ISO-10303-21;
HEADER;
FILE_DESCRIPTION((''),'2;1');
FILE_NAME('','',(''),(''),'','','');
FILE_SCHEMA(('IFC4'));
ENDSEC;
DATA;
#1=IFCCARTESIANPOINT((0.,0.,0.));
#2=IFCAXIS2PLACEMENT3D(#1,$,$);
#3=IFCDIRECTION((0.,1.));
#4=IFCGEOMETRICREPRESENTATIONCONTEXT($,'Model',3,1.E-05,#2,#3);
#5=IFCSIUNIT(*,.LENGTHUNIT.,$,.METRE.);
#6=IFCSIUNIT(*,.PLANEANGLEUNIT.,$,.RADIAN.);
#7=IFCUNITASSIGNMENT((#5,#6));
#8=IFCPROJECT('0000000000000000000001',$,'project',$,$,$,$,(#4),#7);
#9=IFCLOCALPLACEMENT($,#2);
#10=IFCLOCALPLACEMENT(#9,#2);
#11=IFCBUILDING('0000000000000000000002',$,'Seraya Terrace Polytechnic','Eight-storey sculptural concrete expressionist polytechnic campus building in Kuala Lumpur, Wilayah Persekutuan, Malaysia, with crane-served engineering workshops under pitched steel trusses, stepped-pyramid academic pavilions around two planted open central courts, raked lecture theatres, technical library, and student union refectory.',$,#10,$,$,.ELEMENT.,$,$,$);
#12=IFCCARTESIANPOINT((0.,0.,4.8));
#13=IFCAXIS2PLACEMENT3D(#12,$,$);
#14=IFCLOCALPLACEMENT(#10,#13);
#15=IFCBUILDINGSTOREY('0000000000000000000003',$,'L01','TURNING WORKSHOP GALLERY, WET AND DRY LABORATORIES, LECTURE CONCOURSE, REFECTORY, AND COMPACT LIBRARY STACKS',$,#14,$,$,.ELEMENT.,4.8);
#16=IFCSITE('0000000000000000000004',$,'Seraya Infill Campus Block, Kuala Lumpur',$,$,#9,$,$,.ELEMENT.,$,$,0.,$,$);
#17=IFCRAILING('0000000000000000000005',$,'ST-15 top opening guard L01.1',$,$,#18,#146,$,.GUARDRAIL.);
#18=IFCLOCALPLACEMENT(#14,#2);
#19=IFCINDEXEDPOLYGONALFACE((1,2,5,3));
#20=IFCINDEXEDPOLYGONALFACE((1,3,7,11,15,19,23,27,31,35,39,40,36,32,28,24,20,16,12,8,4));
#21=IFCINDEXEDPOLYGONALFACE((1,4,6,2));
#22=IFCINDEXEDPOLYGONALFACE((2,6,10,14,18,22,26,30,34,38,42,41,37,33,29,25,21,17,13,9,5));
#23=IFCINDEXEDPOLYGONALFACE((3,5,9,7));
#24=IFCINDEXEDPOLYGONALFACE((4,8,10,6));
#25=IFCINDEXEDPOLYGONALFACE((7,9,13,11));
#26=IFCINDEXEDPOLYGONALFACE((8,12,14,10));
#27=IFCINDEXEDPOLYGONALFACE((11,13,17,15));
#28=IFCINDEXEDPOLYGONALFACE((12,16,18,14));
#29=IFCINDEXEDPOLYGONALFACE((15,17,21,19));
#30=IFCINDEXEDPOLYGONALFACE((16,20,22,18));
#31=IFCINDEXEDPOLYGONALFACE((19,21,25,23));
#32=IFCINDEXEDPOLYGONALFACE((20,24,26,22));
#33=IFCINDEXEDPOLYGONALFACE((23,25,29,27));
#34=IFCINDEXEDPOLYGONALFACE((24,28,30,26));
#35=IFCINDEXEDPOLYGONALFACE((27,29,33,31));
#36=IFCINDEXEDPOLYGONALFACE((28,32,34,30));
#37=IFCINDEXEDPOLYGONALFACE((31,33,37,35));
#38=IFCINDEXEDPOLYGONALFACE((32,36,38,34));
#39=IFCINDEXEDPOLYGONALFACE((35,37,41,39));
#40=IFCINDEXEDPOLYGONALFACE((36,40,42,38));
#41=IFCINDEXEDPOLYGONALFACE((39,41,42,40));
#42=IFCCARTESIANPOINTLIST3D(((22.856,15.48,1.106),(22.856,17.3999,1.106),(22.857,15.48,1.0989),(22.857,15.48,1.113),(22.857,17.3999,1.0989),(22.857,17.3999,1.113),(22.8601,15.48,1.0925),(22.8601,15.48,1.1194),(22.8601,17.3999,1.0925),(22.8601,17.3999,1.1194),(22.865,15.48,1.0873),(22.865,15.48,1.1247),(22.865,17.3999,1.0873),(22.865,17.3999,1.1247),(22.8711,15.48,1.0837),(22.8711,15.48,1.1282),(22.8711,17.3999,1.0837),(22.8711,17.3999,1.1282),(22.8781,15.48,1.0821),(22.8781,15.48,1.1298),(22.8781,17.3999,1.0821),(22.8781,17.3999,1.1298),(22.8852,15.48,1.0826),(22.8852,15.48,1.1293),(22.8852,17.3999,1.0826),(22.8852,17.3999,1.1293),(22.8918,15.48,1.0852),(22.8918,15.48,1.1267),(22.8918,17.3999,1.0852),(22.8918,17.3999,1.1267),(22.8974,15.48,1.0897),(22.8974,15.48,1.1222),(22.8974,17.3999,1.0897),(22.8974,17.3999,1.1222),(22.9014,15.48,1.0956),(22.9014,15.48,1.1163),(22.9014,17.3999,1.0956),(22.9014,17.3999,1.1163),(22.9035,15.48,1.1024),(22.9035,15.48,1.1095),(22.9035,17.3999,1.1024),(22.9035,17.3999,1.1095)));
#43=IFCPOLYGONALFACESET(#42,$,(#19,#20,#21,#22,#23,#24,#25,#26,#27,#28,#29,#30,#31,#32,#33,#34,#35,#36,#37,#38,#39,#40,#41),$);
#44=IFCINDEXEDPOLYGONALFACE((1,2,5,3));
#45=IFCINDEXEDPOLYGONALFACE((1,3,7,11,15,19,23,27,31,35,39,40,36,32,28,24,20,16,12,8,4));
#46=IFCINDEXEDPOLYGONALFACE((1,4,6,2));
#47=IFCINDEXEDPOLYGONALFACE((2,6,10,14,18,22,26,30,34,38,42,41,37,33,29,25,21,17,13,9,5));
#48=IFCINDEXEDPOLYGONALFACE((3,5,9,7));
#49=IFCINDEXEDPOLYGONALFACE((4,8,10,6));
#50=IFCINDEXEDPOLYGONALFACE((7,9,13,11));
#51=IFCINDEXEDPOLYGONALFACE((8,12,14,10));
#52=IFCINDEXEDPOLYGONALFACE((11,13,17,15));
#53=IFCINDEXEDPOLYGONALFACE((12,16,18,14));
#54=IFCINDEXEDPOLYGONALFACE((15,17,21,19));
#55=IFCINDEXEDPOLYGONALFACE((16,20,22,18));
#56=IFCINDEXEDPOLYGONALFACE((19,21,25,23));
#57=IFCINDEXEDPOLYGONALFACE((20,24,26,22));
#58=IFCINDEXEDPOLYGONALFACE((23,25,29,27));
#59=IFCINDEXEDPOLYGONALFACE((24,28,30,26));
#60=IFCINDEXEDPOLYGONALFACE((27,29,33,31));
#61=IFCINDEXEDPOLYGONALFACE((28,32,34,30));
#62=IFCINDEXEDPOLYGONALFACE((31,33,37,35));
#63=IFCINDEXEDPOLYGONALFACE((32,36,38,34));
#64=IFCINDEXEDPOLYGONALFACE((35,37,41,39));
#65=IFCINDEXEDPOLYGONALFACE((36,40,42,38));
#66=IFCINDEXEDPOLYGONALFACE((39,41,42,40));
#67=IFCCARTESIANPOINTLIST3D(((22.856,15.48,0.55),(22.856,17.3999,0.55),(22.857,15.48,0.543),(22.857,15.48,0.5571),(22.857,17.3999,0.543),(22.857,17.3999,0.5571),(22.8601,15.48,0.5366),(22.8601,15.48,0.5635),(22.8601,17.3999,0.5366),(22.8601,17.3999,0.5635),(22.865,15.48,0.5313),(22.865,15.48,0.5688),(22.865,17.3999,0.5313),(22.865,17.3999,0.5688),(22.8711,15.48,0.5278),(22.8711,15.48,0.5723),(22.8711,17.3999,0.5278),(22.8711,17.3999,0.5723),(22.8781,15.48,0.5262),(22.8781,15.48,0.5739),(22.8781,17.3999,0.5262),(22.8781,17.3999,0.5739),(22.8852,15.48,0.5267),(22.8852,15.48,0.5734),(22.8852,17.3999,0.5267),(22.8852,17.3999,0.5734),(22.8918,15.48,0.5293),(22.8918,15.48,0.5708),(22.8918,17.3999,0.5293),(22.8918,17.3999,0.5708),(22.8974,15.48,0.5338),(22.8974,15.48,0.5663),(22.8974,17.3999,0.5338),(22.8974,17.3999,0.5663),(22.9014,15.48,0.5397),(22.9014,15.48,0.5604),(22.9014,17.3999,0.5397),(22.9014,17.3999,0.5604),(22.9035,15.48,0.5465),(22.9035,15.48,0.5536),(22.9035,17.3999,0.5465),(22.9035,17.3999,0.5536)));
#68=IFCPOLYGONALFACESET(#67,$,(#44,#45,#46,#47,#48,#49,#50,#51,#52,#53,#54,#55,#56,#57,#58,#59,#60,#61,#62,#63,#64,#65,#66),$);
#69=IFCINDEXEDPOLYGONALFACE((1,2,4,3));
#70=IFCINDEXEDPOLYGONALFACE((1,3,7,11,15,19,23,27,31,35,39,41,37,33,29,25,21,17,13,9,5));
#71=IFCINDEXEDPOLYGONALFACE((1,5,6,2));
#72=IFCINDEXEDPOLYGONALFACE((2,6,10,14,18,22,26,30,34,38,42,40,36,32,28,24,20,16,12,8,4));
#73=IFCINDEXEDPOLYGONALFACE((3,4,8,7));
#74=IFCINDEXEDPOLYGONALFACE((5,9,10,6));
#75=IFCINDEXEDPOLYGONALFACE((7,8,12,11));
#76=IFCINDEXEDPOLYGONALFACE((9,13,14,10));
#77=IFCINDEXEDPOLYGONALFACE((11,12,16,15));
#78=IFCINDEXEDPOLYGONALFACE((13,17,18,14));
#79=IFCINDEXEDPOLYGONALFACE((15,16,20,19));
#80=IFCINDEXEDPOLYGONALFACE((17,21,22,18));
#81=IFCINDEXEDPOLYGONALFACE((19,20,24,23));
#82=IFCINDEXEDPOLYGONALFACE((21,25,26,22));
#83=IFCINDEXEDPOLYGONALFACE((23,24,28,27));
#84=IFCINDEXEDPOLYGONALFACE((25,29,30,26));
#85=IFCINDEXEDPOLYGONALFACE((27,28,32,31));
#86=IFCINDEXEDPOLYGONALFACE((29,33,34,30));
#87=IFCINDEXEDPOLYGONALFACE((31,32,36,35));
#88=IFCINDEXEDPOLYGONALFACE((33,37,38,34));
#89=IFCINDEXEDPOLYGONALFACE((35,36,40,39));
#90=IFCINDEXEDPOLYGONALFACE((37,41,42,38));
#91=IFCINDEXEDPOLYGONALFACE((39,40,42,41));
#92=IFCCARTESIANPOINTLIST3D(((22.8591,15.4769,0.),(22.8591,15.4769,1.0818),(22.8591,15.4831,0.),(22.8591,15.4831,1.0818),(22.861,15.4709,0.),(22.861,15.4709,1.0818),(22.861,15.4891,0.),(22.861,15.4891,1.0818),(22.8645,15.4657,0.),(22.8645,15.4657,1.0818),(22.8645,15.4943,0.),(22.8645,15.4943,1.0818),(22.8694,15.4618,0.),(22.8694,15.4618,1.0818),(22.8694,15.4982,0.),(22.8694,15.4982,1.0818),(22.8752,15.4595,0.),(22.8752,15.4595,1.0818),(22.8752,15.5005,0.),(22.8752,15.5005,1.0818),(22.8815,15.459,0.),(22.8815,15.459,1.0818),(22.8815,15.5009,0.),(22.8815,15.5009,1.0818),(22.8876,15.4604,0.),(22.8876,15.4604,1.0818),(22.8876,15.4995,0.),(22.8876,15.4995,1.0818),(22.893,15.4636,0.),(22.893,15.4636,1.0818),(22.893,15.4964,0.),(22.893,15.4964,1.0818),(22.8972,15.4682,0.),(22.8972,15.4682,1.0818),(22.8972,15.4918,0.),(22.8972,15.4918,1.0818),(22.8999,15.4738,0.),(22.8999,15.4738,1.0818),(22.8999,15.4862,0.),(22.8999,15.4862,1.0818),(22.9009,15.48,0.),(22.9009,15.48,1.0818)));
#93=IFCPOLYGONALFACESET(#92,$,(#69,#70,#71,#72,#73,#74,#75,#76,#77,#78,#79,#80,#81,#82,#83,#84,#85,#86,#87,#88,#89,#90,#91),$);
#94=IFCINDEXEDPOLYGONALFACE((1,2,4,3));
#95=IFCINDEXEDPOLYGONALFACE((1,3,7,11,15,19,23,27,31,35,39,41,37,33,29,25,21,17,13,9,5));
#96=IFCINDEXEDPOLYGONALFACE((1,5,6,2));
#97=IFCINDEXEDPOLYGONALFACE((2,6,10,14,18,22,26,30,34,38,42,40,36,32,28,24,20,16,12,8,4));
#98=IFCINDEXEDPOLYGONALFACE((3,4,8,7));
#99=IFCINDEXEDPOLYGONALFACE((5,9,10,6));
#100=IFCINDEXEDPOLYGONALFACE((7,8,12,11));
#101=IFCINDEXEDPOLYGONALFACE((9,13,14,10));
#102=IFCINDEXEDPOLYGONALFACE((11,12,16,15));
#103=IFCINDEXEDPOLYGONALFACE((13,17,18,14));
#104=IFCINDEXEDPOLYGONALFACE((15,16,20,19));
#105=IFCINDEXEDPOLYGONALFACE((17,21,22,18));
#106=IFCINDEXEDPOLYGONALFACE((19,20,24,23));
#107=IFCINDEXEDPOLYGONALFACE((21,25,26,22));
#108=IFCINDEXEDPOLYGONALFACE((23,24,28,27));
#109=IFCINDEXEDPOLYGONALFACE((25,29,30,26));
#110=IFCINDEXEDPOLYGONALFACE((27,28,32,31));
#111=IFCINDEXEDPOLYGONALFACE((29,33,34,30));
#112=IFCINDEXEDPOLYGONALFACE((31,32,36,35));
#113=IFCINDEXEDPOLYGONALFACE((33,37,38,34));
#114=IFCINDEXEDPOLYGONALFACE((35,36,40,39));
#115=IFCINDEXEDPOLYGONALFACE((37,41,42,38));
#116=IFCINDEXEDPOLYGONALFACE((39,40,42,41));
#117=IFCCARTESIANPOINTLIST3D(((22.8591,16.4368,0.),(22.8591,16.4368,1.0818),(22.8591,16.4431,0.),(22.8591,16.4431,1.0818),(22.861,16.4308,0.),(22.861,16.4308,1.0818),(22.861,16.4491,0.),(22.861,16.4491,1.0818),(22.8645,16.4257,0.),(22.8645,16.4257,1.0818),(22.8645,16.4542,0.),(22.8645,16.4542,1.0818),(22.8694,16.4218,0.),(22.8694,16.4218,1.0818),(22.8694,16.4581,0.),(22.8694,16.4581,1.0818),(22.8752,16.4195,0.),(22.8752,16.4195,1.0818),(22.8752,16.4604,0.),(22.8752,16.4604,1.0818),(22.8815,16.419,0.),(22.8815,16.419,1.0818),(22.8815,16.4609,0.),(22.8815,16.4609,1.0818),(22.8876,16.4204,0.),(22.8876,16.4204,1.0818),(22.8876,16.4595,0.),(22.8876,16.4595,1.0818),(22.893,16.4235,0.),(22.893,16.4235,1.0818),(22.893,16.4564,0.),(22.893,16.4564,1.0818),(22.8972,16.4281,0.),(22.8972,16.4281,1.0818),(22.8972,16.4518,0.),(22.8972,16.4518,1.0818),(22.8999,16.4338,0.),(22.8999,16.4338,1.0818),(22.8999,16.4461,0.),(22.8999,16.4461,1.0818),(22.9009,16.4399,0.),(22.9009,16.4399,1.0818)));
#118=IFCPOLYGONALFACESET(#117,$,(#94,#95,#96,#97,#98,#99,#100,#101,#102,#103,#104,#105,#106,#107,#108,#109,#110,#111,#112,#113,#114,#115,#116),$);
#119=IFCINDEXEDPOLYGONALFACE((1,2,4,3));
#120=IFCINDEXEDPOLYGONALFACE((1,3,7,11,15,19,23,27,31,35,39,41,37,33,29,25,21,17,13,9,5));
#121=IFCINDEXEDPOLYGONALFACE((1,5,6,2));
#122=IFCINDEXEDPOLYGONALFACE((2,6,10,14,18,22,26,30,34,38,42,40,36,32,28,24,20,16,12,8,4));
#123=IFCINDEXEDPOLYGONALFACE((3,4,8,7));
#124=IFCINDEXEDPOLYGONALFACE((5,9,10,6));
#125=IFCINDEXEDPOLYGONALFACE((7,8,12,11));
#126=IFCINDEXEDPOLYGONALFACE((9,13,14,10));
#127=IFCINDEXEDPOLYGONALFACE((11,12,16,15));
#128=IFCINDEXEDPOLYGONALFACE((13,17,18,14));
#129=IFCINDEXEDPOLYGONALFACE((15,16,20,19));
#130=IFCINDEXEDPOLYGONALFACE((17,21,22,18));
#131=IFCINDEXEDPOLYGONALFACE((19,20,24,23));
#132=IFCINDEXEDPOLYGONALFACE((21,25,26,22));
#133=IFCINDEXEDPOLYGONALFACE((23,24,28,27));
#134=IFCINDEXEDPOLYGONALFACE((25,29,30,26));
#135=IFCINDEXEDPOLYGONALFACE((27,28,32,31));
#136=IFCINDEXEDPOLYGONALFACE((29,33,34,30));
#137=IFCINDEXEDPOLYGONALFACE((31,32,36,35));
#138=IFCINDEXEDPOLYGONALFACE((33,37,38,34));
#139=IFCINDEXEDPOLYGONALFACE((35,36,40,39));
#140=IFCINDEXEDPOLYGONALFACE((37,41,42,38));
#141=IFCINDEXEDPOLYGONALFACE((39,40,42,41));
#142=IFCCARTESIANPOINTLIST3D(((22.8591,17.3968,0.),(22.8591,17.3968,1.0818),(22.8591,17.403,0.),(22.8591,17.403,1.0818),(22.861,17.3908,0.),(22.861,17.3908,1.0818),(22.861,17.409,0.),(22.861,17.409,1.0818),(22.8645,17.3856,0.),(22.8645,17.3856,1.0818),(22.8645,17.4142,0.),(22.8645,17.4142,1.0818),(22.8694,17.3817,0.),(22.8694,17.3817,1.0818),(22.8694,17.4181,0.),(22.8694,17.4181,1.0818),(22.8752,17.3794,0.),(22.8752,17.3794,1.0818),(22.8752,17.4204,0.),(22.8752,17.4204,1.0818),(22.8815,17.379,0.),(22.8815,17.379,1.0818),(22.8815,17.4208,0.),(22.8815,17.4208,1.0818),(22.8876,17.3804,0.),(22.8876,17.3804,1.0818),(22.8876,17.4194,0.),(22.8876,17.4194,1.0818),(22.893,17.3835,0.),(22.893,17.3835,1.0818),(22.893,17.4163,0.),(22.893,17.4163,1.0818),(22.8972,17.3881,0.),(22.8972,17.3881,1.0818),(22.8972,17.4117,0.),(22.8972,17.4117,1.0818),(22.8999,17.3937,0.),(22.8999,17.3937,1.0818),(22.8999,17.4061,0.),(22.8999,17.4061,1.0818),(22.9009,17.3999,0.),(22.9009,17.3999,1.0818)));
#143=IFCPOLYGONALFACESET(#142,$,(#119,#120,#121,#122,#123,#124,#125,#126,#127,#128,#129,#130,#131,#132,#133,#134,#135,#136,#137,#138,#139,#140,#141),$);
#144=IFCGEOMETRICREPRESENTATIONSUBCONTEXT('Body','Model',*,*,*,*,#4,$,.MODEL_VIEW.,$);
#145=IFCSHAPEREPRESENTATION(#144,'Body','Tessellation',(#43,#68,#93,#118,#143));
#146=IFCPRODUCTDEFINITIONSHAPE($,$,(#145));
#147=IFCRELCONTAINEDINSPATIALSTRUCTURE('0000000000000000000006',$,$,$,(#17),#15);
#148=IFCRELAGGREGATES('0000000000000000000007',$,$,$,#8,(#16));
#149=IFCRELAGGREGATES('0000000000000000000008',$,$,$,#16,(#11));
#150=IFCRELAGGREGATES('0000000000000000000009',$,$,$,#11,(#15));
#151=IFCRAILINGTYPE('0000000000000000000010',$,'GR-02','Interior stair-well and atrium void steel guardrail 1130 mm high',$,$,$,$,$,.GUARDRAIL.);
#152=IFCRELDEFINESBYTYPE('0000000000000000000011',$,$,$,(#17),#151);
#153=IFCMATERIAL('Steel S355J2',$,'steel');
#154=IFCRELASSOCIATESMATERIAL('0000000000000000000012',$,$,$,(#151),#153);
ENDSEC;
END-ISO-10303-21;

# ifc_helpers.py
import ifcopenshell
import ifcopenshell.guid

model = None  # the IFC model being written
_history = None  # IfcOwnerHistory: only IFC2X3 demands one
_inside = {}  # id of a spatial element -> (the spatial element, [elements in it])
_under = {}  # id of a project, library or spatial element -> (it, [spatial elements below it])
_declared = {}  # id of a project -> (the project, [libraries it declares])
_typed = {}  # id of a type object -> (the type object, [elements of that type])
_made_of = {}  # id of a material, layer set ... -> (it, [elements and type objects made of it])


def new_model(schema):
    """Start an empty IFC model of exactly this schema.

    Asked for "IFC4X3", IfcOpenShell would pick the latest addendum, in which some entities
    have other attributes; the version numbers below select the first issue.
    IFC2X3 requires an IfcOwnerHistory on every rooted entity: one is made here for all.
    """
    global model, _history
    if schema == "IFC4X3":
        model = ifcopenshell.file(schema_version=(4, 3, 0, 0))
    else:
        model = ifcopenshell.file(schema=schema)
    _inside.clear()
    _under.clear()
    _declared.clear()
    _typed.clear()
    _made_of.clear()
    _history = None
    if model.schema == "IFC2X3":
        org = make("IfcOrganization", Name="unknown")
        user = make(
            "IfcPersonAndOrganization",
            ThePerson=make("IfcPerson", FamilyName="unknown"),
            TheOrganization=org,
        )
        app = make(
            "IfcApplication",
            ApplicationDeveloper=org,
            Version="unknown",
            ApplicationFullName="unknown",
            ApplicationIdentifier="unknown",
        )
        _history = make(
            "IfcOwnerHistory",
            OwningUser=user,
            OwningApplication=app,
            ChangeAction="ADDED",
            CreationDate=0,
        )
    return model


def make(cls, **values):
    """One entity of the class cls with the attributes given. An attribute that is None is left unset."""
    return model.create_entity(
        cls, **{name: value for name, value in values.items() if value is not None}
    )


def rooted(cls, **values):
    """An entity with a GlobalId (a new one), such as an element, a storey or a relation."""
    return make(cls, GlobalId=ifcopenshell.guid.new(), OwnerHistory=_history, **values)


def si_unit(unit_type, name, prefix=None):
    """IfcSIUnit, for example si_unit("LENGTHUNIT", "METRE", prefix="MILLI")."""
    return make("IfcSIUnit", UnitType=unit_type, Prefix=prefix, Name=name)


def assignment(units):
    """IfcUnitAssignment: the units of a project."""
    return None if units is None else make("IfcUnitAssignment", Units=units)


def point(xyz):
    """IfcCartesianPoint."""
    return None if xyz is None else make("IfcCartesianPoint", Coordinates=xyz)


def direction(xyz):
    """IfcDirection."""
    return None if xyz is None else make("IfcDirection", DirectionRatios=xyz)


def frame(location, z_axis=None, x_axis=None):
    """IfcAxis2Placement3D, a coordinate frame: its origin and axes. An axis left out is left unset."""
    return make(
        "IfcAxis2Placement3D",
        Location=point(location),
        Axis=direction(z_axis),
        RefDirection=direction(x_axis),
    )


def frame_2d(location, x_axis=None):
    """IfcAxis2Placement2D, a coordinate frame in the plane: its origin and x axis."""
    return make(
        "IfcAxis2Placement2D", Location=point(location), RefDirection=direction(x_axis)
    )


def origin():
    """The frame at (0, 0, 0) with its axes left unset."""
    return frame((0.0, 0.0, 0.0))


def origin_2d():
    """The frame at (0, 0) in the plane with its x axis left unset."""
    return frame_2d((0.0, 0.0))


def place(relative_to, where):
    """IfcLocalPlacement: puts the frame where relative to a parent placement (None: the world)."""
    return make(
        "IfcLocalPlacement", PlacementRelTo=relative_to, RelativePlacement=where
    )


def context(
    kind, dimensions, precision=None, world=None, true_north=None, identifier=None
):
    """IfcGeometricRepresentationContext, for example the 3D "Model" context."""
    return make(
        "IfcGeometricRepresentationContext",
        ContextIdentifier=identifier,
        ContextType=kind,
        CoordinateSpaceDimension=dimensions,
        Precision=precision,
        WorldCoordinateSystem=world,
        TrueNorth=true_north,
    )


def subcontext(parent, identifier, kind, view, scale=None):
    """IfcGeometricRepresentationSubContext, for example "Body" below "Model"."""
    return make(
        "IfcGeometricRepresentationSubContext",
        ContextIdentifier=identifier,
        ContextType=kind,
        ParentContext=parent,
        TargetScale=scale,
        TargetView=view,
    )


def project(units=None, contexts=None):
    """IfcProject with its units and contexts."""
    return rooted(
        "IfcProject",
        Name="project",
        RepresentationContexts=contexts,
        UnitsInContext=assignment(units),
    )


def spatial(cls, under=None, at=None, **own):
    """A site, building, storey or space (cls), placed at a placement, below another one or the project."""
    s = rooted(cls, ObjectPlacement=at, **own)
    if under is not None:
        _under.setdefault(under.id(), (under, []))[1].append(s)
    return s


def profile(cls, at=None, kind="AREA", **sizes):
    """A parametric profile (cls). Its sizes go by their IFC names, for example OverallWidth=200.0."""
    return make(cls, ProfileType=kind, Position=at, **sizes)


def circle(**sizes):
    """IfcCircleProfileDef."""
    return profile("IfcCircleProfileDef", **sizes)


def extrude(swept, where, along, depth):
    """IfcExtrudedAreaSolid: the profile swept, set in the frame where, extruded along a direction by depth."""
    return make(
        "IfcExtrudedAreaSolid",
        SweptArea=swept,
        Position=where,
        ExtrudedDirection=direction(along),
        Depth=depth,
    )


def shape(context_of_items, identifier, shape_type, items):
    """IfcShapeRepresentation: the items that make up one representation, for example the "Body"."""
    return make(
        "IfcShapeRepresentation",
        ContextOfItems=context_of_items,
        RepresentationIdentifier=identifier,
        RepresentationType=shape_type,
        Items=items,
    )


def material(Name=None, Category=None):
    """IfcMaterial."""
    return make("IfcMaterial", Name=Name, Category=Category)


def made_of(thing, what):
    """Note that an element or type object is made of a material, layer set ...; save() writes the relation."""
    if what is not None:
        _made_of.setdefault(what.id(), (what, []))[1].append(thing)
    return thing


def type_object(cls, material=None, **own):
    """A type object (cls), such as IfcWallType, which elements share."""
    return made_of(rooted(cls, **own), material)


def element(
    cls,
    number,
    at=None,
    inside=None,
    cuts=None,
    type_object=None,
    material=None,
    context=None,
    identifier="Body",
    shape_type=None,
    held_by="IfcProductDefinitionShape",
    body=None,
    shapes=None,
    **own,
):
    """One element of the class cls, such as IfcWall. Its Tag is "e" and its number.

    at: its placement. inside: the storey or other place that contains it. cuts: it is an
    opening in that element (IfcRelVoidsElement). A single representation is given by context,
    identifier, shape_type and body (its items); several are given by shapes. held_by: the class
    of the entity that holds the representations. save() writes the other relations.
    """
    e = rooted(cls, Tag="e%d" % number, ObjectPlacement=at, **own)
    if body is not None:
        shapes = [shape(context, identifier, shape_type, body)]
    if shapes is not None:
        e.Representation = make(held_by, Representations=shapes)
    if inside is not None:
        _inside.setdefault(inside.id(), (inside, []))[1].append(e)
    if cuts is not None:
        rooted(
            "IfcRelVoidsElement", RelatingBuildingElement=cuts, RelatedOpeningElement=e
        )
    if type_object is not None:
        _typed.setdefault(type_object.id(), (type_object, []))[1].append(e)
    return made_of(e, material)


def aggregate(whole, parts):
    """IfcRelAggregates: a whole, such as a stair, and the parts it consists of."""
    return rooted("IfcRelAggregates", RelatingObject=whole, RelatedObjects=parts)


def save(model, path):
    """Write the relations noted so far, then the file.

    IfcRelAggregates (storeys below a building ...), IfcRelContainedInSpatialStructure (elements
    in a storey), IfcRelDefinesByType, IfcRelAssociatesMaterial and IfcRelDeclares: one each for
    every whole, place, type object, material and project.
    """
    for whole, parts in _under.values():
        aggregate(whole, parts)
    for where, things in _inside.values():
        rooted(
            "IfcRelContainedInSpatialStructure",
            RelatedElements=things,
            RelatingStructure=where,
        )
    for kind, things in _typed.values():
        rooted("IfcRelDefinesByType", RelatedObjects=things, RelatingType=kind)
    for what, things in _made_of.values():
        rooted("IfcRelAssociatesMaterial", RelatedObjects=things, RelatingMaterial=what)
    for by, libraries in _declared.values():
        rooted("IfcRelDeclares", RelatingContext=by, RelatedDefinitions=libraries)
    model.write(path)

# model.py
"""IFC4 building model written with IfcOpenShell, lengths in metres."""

from ifc_helpers import new_model, si_unit, direction, frame, origin, origin_2d, place, context, subcontext, project, spatial, circle, extrude, material, type_object, element, save


model = new_model("IFC4")

# Units and contexts
model_context = context("Model", 3, precision=1e-05, world=origin(), true_north=direction((0.0, 1.0)))
body_context = subcontext(model_context, "Body", "Model", "MODEL_VIEW")
ifc_project = project(units=[si_unit("LENGTHUNIT", "METRE"), si_unit("PLANEANGLEUNIT", "RADIAN")], contexts=[model_context])

# Site, building, storey
site_placement = place(None, origin())
site = spatial("IfcSite", under=ifc_project, at=site_placement, Name="Seraya Infill Campus Block, Kuala Lumpur", CompositionType="ELEMENT", RefElevation=0.0)
building_placement = place(site_placement, origin())
building = spatial("IfcBuilding", under=site, at=building_placement, Name="Seraya Terrace Polytechnic", Description="Eight-storey sculptural concrete expressionist polytechnic campus building in Kuala Lumpur, Wilayah Persekutuan, Malaysia, with crane-served engineering workshops under pitched steel trusses, stepped-pyramid academic pavilions around two planted open central courts, raked lecture theatres, technical library, and student union refectory.", CompositionType="ELEMENT")
storey_placement = place(building_placement, frame((0.0, 0.0, 4.8)))
storey = spatial("IfcBuildingStorey", under=building, at=storey_placement, Name="L01", Description="TURNING WORKSHOP GALLERY, WET AND DRY LABORATORIES, LECTURE CONCOURSE, REFECTORY, AND COMPACT LIBRARY STACKS", CompositionType="ELEMENT", Elevation=4.8)

# Railing
ifc_material_1 = material(Name="Steel S355J2", Category="steel")
railing_type_1 = type_object("IfcRailingType", Name="GR-02", Description="Interior stair-well and atrium void steel guardrail 1130 mm high", PredefinedType="GUARDRAIL", material=ifc_material_1)
railing_1_placement = place(storey_placement, frame((22.8799, 15.48, 0.0)))
element("IfcRailing", 1, at=railing_1_placement, inside=storey, type_object=railing_type_1, Name="ST-15 top opening guard L01.1", PredefinedType="GUARDRAIL", context=body_context, shape_type="SweptSolid", body=[
    extrude(circle(Radius=0.0239, at=origin_2d()), frame((0.0, 0.0, 1.106), z_axis=(0.0, 1.0, 0.0), x_axis=(-1.0, 0.0, 0.0)), (0.0, 0.0, 1.0), 1.9199),
    extrude(circle(Radius=0.0239, at=origin_2d()), frame((0.0, 0.0, 0.55), z_axis=(0.0, 1.0, 0.0), x_axis=(-1.0, 0.0, 0.0)), (0.0, 0.0, 1.0), 1.9199),
    extrude(circle(Radius=0.021, at=origin_2d()), origin(), (0.0, 0.0, 1.0), 1.0818),
    extrude(circle(Radius=0.021, at=origin_2d()), frame((0.0, 0.96, 0.0)), (0.0, 0.0, 1.0), 1.0818),
    extrude(circle(Radius=0.021, at=origin_2d()), frame((0.0, 1.9199, 0.0)), (0.0, 0.0, 1.0), 1.0818),
])

save(model, "model.ifc")
